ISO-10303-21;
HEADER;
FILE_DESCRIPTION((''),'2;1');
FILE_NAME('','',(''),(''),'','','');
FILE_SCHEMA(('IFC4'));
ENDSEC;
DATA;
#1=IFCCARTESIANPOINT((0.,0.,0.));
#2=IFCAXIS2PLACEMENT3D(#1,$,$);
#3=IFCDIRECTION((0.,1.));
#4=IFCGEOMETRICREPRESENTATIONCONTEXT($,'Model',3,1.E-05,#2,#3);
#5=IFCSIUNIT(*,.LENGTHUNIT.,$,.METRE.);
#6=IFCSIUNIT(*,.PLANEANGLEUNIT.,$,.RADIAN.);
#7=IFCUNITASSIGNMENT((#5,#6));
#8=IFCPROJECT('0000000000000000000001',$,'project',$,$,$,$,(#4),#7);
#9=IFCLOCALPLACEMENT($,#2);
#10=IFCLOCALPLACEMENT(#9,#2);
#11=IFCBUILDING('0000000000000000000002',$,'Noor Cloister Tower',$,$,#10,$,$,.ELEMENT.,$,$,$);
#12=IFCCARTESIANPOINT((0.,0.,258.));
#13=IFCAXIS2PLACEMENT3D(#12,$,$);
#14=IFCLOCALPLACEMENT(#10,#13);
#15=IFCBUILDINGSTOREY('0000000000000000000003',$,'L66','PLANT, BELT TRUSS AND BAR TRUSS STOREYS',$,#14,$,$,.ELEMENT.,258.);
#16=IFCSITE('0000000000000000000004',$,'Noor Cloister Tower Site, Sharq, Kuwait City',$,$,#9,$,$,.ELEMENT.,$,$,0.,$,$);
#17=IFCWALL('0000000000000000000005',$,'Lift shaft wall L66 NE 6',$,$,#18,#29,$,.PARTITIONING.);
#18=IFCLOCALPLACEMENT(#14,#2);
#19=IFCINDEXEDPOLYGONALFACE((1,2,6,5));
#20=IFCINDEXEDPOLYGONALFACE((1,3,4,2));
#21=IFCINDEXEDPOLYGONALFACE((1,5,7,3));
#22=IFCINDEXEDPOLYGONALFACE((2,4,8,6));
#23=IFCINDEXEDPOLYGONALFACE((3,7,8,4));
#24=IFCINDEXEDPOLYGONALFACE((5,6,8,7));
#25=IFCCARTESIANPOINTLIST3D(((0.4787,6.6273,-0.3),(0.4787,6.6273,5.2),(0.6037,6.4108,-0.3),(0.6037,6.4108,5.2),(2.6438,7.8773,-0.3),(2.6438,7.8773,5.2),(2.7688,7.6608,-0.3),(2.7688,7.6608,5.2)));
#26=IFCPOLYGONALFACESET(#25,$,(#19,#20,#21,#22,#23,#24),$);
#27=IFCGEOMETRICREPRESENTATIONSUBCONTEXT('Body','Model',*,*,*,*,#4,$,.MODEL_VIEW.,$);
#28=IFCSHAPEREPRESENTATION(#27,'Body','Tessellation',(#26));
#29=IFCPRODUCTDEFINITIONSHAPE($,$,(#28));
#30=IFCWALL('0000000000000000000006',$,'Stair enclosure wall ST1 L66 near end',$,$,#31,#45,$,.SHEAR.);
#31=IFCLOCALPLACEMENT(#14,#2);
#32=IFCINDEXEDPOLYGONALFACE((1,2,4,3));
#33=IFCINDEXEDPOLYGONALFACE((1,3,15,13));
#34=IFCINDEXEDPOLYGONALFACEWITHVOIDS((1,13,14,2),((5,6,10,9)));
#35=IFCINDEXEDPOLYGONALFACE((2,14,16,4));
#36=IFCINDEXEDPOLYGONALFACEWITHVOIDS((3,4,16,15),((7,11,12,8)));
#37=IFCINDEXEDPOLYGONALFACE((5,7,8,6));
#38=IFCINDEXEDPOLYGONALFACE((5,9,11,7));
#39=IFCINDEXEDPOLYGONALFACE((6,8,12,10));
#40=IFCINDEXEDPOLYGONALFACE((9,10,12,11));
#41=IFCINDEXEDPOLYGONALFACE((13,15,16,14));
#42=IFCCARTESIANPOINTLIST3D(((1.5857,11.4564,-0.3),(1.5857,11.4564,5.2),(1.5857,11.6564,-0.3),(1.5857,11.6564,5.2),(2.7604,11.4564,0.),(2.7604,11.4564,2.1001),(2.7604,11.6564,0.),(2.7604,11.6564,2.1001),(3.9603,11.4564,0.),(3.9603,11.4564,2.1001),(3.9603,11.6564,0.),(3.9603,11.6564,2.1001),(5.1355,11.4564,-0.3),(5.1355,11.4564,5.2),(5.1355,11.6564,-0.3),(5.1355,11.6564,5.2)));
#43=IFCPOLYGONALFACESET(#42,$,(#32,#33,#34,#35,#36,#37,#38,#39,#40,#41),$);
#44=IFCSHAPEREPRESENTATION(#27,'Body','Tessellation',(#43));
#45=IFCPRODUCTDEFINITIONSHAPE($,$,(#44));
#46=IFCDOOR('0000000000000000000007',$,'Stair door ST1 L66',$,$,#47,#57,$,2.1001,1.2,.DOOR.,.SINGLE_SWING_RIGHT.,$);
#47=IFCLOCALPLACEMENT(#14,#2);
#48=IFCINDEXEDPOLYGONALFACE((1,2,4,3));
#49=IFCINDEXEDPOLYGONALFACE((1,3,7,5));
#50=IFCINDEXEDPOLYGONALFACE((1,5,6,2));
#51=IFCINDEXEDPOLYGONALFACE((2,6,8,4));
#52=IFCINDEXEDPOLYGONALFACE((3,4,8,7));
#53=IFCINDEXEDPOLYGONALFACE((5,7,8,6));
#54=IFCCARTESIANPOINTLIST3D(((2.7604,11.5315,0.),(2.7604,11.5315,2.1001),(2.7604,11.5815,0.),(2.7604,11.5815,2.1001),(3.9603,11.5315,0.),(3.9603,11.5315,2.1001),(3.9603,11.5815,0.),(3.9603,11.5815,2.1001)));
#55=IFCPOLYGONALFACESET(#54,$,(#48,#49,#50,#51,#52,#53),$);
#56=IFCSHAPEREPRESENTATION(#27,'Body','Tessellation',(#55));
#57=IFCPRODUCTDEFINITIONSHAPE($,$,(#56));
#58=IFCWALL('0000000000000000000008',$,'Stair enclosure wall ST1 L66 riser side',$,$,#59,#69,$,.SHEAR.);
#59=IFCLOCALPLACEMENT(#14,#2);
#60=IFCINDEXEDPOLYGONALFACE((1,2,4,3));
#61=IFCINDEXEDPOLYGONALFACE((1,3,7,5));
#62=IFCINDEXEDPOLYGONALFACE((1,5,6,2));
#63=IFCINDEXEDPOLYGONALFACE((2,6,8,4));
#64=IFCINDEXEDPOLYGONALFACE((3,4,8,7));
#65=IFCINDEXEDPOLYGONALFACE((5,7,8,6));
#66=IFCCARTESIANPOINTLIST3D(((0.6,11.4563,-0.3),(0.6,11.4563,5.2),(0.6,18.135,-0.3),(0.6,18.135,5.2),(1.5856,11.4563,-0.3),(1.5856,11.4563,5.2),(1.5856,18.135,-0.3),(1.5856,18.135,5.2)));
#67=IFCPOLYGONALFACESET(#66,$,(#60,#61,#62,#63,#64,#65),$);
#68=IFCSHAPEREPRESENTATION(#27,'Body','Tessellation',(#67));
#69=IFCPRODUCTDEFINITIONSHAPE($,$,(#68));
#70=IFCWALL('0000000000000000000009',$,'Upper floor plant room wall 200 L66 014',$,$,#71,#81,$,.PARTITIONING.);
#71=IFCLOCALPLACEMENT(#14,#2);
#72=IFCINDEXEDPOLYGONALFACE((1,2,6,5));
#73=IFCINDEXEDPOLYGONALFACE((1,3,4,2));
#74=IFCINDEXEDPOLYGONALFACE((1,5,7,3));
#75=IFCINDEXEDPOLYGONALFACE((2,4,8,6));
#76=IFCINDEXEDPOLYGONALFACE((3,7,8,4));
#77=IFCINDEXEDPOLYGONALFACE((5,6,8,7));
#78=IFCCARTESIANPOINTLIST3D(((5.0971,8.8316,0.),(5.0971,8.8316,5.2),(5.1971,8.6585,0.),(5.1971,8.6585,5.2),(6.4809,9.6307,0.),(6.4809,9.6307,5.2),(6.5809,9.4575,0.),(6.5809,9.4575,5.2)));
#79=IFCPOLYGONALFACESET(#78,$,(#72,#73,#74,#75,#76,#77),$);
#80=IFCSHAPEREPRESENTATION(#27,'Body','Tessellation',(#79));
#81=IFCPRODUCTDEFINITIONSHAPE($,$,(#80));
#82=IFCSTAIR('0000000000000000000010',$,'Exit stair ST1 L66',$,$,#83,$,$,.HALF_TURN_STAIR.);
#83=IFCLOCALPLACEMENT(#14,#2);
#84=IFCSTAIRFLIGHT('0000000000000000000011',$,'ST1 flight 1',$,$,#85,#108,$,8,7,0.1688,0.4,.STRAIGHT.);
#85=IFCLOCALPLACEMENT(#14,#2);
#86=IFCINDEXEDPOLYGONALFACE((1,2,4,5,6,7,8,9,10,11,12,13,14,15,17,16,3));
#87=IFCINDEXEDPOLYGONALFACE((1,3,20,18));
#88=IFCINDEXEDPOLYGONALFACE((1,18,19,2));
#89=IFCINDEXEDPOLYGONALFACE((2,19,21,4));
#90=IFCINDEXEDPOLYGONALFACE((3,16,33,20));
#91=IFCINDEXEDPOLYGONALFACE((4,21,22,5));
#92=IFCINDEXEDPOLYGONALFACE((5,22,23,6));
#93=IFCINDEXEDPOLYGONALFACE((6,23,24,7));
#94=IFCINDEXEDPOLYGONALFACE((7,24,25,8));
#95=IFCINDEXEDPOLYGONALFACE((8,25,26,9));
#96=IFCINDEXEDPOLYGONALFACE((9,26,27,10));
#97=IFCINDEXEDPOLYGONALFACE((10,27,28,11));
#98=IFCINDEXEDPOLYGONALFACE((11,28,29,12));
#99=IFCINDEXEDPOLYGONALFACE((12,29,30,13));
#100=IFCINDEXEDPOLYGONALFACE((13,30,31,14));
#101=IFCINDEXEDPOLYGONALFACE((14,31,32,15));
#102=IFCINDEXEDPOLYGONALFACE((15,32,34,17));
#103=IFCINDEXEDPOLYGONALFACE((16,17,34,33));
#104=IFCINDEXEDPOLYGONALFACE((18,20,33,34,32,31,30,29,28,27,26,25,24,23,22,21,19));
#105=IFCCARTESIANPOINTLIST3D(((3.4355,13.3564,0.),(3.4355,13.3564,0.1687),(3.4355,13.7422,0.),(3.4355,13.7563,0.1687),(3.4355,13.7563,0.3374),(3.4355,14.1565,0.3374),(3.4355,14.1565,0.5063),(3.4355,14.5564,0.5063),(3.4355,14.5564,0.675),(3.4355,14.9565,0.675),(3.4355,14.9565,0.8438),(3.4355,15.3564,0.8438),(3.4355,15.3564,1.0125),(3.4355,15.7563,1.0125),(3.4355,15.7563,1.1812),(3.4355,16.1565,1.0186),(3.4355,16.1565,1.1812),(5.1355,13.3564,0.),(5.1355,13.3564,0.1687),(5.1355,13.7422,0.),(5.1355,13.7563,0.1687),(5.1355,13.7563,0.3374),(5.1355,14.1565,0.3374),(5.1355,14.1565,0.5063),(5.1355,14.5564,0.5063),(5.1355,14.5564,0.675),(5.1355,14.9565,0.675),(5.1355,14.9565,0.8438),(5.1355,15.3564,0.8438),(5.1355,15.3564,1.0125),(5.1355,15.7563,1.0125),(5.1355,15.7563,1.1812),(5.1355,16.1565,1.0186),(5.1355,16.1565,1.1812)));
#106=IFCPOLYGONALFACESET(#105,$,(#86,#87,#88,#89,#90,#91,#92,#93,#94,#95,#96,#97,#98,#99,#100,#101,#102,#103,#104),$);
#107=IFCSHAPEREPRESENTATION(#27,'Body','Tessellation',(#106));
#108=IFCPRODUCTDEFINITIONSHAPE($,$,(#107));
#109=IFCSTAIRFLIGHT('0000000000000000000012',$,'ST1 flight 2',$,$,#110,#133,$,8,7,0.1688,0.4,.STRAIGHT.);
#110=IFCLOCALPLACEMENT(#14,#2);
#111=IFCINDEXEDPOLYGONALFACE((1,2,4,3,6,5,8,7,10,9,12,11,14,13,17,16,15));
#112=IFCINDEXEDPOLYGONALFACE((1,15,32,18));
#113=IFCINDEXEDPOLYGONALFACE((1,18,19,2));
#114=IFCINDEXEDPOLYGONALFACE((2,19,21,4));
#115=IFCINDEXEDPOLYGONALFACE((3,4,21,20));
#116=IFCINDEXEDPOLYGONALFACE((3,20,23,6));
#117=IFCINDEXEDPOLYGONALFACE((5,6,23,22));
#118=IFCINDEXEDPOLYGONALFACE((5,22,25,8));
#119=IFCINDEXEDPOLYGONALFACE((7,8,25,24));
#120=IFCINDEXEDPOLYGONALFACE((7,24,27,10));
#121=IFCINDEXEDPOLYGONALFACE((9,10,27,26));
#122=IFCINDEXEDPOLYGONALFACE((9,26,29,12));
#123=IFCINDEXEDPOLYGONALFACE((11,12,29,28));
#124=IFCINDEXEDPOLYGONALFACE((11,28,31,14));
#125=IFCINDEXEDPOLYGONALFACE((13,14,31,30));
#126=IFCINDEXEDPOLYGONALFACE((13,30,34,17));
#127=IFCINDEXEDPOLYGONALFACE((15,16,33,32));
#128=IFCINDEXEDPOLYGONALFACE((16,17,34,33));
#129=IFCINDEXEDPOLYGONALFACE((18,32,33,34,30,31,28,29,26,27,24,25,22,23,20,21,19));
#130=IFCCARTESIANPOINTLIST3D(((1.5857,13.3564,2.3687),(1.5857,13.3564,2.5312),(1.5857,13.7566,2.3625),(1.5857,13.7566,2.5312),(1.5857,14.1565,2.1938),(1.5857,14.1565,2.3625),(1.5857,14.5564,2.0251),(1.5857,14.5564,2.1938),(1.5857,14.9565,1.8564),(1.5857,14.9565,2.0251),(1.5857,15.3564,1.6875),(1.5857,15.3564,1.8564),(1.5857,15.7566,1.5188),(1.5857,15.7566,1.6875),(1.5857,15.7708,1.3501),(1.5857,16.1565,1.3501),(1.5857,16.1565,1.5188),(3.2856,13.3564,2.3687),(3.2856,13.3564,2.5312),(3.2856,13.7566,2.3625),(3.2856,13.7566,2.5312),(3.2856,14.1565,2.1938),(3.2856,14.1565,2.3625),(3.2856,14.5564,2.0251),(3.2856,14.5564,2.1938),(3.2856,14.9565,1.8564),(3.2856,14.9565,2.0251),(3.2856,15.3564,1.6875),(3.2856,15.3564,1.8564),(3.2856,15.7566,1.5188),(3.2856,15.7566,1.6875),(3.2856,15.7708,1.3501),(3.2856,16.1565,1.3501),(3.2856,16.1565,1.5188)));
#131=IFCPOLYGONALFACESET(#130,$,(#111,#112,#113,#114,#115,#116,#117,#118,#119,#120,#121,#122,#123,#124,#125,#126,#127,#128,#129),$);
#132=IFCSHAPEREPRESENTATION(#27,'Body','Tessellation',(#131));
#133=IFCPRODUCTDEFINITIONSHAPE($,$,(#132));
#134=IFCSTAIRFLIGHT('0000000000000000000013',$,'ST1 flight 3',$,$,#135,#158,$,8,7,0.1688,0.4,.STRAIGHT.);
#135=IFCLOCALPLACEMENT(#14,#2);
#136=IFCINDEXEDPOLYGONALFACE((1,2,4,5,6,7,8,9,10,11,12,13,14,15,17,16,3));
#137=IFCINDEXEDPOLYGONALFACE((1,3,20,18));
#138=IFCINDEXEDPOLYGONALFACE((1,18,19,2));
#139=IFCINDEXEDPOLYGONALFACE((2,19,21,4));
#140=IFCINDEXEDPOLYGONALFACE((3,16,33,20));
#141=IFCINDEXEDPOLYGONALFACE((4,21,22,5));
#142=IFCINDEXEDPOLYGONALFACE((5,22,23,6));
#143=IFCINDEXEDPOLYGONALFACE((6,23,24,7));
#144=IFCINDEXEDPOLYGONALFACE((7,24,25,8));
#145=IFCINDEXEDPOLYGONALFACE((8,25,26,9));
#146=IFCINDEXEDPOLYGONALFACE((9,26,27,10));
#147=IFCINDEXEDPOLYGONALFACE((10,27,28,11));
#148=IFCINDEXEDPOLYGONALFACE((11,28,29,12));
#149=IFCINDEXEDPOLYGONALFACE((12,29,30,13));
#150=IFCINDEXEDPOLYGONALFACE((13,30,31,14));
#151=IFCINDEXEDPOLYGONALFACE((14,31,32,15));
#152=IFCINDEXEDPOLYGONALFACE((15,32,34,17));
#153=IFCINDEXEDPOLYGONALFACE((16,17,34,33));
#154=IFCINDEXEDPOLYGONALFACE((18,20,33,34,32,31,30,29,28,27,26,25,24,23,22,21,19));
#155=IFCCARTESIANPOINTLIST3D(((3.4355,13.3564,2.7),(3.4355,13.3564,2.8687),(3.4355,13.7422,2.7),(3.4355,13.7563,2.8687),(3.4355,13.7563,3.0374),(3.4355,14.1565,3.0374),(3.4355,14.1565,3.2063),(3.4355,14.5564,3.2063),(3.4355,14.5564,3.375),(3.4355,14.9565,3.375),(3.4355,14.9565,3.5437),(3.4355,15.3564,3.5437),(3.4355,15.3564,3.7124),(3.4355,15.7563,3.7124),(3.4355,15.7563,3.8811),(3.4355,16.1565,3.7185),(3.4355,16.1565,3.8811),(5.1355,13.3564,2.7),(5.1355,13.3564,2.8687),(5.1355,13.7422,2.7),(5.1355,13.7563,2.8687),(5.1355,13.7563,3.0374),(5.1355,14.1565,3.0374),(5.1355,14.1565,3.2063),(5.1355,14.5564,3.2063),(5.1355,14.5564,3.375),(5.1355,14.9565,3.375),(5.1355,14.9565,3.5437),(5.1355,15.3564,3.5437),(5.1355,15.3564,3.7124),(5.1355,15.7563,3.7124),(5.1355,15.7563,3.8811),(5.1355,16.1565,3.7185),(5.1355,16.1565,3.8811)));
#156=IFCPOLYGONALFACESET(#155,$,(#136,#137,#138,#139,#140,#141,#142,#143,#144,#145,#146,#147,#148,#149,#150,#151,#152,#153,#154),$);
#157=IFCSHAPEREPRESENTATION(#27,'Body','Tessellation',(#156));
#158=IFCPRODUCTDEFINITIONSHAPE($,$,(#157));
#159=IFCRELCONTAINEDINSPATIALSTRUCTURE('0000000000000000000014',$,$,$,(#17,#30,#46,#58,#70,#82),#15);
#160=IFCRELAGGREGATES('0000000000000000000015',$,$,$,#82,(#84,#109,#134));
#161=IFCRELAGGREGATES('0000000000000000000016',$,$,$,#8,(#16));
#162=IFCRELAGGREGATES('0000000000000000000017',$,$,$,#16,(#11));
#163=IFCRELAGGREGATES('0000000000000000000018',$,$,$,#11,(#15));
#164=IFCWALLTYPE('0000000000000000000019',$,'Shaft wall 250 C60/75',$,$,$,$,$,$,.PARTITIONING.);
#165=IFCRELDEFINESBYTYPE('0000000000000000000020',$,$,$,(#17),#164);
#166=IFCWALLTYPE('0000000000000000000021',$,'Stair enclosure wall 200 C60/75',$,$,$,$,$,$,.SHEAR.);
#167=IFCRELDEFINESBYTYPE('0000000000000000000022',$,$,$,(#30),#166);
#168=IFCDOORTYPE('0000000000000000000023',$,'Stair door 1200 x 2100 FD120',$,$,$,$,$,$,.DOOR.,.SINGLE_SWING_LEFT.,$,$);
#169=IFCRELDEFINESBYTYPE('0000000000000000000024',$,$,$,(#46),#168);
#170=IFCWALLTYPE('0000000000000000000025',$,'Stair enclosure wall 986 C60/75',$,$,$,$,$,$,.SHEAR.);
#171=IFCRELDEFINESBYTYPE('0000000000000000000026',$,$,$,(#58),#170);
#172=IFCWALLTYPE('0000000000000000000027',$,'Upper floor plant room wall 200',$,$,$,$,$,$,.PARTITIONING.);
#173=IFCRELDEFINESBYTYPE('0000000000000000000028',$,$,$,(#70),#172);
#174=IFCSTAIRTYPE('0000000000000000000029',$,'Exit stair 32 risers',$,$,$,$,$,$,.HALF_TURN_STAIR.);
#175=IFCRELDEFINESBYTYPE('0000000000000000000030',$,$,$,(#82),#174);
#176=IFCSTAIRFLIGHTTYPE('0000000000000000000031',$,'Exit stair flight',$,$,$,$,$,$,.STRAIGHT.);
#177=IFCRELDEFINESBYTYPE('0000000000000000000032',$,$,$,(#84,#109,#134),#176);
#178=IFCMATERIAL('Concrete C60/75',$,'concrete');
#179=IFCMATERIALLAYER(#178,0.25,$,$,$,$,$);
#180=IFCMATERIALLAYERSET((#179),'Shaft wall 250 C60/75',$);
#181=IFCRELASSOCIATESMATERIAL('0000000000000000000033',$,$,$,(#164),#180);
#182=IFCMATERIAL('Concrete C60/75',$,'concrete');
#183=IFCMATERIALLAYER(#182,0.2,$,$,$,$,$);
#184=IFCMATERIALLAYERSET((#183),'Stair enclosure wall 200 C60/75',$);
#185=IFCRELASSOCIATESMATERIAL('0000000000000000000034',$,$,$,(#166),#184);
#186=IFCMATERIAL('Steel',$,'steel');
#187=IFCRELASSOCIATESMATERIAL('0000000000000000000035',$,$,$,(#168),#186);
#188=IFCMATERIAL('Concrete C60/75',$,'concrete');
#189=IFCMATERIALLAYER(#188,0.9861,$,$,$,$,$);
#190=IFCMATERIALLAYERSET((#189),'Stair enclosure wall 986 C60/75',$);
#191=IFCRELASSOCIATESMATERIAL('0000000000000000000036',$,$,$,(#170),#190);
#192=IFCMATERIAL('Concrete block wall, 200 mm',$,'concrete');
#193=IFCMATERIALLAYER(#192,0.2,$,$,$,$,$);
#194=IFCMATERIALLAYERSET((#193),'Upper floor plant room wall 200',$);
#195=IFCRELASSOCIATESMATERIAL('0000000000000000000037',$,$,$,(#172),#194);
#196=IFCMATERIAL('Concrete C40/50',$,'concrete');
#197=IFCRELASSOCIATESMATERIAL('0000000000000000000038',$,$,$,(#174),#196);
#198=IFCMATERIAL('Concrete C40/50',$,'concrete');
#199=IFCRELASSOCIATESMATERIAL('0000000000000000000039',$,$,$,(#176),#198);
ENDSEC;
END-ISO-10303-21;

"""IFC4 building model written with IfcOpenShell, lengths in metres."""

from ifc_helpers import new_model, si_unit, direction, frame, frame_2d, origin, place, context, subcontext, project, spatial, polyline, rectangle, outline, extrude, material, layer, layer_set, type_object, element, fill, aggregate, save


model = new_model("IFC4")

# Units and contexts
model_context = context("Model", 3, precision=1e-05, world=origin(), true_north=direction((0.0, 1.0)))
body_context = subcontext(model_context, "Body", "Model", "MODEL_VIEW")
ifc_project = project(units=[si_unit("LENGTHUNIT", "METRE"), si_unit("PLANEANGLEUNIT", "RADIAN")], contexts=[model_context])

# Site, building, storey
site_placement = place(None, origin())
site = spatial("IfcSite", under=ifc_project, at=site_placement, Name="Noor Cloister Tower Site, Sharq, Kuwait City", CompositionType="ELEMENT", RefElevation=0.0)
building_placement = place(site_placement, origin())
building = spatial("IfcBuilding", under=site, at=building_placement, Name="Noor Cloister Tower", CompositionType="ELEMENT")
storey_placement = place(building_placement, frame((0.0, 0.0, 258.0)))
storey = spatial("IfcBuildingStorey", under=building, at=storey_placement, Name="L66", Description="PLANT, BELT TRUSS AND BAR TRUSS STOREYS", CompositionType="ELEMENT", Elevation=258.0)

# Wall
ifc_material_1 = material(Name="Concrete C60/75", Category="concrete")
ifc_layer_1 = layer(ifc_material_1, 0.25)
ifc_layer_set_1 = layer_set([ifc_layer_1], Name="Shaft wall 250 C60/75")
wall_type_1 = type_object("IfcWallType", Name="Shaft wall 250 C60/75", PredefinedType="PARTITIONING", material=ifc_layer_set_1)
for number, where, z_axis, x_axis, name in (
    (1, (2.7063, 7.769, -0.3), (0.0, 0.0, 1.0), (-0.866023, -0.500004, 0.0), "Lift shaft wall L66 NE 6"),
):
    element("IfcWall", number, at=place(storey_placement, frame(where, z_axis=z_axis, x_axis=x_axis)), inside=storey, type_object=wall_type_1, Name=name, PredefinedType="PARTITIONING", context=body_context, shape_type="SweptSolid", body=[
        extrude(rectangle(XDim=2.5, YDim=0.25, at=frame_2d((1.25, 0.0))), origin(), (0.0, 0.0, 1.0), 5.5),
    ])

# Wall, opening, door
ifc_material_2 = material(Name="Concrete C60/75", Category="concrete")
ifc_layer_2 = layer(ifc_material_2, 0.2)
ifc_layer_set_2 = layer_set([ifc_layer_2], Name="Stair enclosure wall 200 C60/75")
wall_type_2 = type_object("IfcWallType", Name="Stair enclosure wall 200 C60/75", PredefinedType="SHEAR", material=ifc_layer_set_2)
wall_1_placement = place(storey_placement, frame((5.1355, 11.5564, -0.3), z_axis=(0.0, 0.0, 1.0), x_axis=(-1.0, 0.0, 0.0)))
wall_1 = element("IfcWall", 2, at=wall_1_placement, inside=storey, type_object=wall_type_2, Name="Stair enclosure wall ST1 L66 near end", PredefinedType="SHEAR", context=body_context, shape_type="SweptSolid", body=[
    extrude(rectangle(XDim=3.5498, YDim=0.2, at=frame_2d((1.7749, 0.0))), origin(), (0.0, 0.0, 1.0), 5.5),
])
opening_1_placement = place(wall_1_placement, frame((1.175, 0.0, 0.3)))
opening_1 = element("IfcOpeningElement", 3, at=opening_1_placement, cuts=wall_1, PredefinedType="OPENING", context=body_context, shape_type="SweptSolid", body=[
    extrude(rectangle(XDim=1.2, YDim=2.1001, at=frame_2d((0.6001, 1.05))), frame((0.0, 0.1099, 0.0), z_axis=(0.0, -1.0, 0.0), x_axis=(1.0, 0.0, 0.0)), (0.0, 0.0, 1.0), 0.22),
])
ifc_material_3 = material(Name="Steel", Category="steel")
door_type_1 = type_object("IfcDoorType", Name="Stair door 1200 x 2100 FD120", OperationType="SINGLE_SWING_LEFT", PredefinedType="DOOR", material=ifc_material_3)
door_1_placement = place(opening_1_placement, origin())
door_1 = element("IfcDoor", 4, at=door_1_placement, inside=storey, type_object=door_type_1, Name="Stair door ST1 L66", OperationType="SINGLE_SWING_RIGHT", OverallHeight=2.1001, OverallWidth=1.2, PredefinedType="DOOR", context=body_context, shape_type="SweptSolid", body=[
    extrude(rectangle(XDim=1.2, YDim=2.1001, at=frame_2d((0.6001, 1.05))), frame((0.0, 0.0249, 0.0), z_axis=(0.0, -1.0, 0.0), x_axis=(1.0, 0.0, 0.0)), (0.0, 0.0, 1.0), 0.05),
])
fill(opening_1, door_1)

# Walls
ifc_material_4 = material(Name="Concrete C60/75", Category="concrete")
ifc_layer_3 = layer(ifc_material_4, 0.9861)
ifc_layer_set_3 = layer_set([ifc_layer_3], Name="Stair enclosure wall 986 C60/75")
wall_type_3 = type_object("IfcWallType", Name="Stair enclosure wall 986 C60/75", PredefinedType="SHEAR", material=ifc_layer_set_3)
wall_2_placement = place(storey_placement, frame((1.0928, 11.4563, -0.3), z_axis=(0.0, 0.0, 1.0), x_axis=(0.0, 1.0, 0.0)))
element("IfcWall", 5, at=wall_2_placement, inside=storey, type_object=wall_type_3, Name="Stair enclosure wall ST1 L66 riser side", PredefinedType="SHEAR", context=body_context, shape_type="SweptSolid", body=[
    extrude(rectangle(XDim=6.6787, YDim=0.9856, at=frame_2d((3.3394, 0.0))), origin(), (0.0, 0.0, 1.0), 5.5),
])
ifc_material_5 = material(Name="Concrete block wall, 200 mm", Category="concrete")
ifc_layer_4 = layer(ifc_material_5, 0.2)
ifc_layer_set_4 = layer_set([ifc_layer_4], Name="Upper floor plant room wall 200")
wall_type_4 = type_object("IfcWallType", Name="Upper floor plant room wall 200", PredefinedType="PARTITIONING", material=ifc_layer_set_4)
wall_3_placement = place(storey_placement, frame((5.1472, 8.7451, 0.0), z_axis=(0.0, 0.0, 1.0), x_axis=(0.865987, 0.500066, 0.0)))
element("IfcWall", 6, at=wall_3_placement, inside=storey, type_object=wall_type_4, Name="Upper floor plant room wall 200 L66 014", PredefinedType="PARTITIONING", context=body_context, shape_type="SweptSolid", body=[
    extrude(rectangle(XDim=1.5979, YDim=0.2, at=frame_2d((0.7988, 0.0))), origin(), (0.0, 0.0, 1.0), 5.2),
])

# Stair, stair flights
ifc_material_6 = material(Name="Concrete C40/50", Category="concrete")
stair_type = type_object("IfcStairType", Name="Exit stair 32 risers", PredefinedType="HALF_TURN_STAIR", material=ifc_material_6)
stair_placement = place(storey_placement, origin())
stair = element("IfcStair", 7, at=stair_placement, inside=storey, type_object=stair_type, Name="Exit stair ST1 L66", PredefinedType="HALF_TURN_STAIR")
ifc_material_7 = material(Name="Concrete C40/50", Category="concrete")
stair_flight_type = type_object("IfcStairFlightType", Name="Exit stair flight", PredefinedType="STRAIGHT", material=ifc_material_7)
stair_flight_1_placement = place(storey_placement, frame((4.2856, 13.3564, 0.0), z_axis=(0.0, 0.0, 1.0), x_axis=(0.0, 1.0, 0.0)))
stair_flight_1 = element("IfcStairFlight", 8, at=stair_flight_1_placement, type_object=stair_flight_type, Name="ST1 flight 1", NumberOfRisers=8, NumberOfTreads=7, PredefinedType="STRAIGHT", RiserHeight=0.1688, TreadLength=0.4, context=body_context, shape_type="SweptSolid", body=[
    extrude(outline(polyline([(0.0, 0.0), (0.0, 0.1687), (0.3999, 0.1687), (0.3999, 0.3374), (0.8, 0.3374), (0.8, 0.5063), (1.2, 0.5063), (1.2, 0.675), (1.6001, 0.675), (1.6001, 0.8438), (2.0, 0.8438), (2.0, 1.0125), (2.3999, 1.0125), (2.3999, 1.1812), (2.8, 1.1812), (2.8, 1.3501), (2.8, 1.0186), (0.3857, 0.0), (0.0, 0.0)])), frame((0.0, 0.8501, 0.0), z_axis=(0.0, -1.0, 0.0), x_axis=(1.0, 0.0, 0.0)), (0.0, 0.0, 1.0), 1.7),
])
stair_flight_2_placement = place(storey_placement, frame((2.4355, 16.1565, 1.3501), z_axis=(0.0, 0.0, 1.0), x_axis=(0.0, -1.0, 0.0)))
stair_flight_2 = element("IfcStairFlight", 9, at=stair_flight_2_placement, type_object=stair_flight_type, Name="ST1 flight 2", NumberOfRisers=8, NumberOfTreads=7, PredefinedType="STRAIGHT", RiserHeight=0.1688, TreadLength=0.4, context=body_context, shape_type="SweptSolid", body=[
    extrude(outline(polyline([(0.0, 0.0), (0.0, 0.1687), (0.3999, 0.1687), (0.3999, 0.3374), (0.8, 0.3374), (0.8, 0.5063), (1.2, 0.5063), (1.2, 0.675), (1.6001, 0.675), (1.6001, 0.8438), (2.0, 0.8438), (2.0, 1.0125), (2.3999, 1.0125), (2.3999, 1.1812), (2.8, 1.1812), (2.8, 1.3501), (2.8, 1.0186), (0.3857, 0.0), (0.0, 0.0)])), frame((0.0, 0.8501, 0.0), z_axis=(0.0, -1.0, 0.0), x_axis=(1.0, 0.0, 0.0)), (0.0, 0.0, 1.0), 1.7),
])
stair_flight_3_placement = place(storey_placement, frame((4.2856, 13.3564, 2.7), z_axis=(0.0, 0.0, 1.0), x_axis=(0.0, 1.0, 0.0)))
stair_flight_3 = element("IfcStairFlight", 10, at=stair_flight_3_placement, type_object=stair_flight_type, Name="ST1 flight 3", NumberOfRisers=8, NumberOfTreads=7, PredefinedType="STRAIGHT", RiserHeight=0.1688, TreadLength=0.4, context=body_context, shape_type="SweptSolid", body=[
    extrude(outline(polyline([(0.0, 0.0), (0.0, 0.1687), (0.3999, 0.1687), (0.3999, 0.3374), (0.8, 0.3374), (0.8, 0.5063), (1.2, 0.5063), (1.2, 0.675), (1.6001, 0.675), (1.6001, 0.8438), (2.0, 0.8438), (2.0, 1.0125), (2.3999, 1.0125), (2.3999, 1.1812), (2.8, 1.1812), (2.8, 1.3501), (2.8, 1.0186), (0.3857, 0.0), (0.0, 0.0)])), frame((0.0, 0.8501, 0.0), z_axis=(0.0, -1.0, 0.0), x_axis=(1.0, 0.0, 0.0)), (0.0, 0.0, 1.0), 1.7),
])
aggregate(stair, [stair_flight_1, stair_flight_2, stair_flight_3])

save(model, "model.ifc")
